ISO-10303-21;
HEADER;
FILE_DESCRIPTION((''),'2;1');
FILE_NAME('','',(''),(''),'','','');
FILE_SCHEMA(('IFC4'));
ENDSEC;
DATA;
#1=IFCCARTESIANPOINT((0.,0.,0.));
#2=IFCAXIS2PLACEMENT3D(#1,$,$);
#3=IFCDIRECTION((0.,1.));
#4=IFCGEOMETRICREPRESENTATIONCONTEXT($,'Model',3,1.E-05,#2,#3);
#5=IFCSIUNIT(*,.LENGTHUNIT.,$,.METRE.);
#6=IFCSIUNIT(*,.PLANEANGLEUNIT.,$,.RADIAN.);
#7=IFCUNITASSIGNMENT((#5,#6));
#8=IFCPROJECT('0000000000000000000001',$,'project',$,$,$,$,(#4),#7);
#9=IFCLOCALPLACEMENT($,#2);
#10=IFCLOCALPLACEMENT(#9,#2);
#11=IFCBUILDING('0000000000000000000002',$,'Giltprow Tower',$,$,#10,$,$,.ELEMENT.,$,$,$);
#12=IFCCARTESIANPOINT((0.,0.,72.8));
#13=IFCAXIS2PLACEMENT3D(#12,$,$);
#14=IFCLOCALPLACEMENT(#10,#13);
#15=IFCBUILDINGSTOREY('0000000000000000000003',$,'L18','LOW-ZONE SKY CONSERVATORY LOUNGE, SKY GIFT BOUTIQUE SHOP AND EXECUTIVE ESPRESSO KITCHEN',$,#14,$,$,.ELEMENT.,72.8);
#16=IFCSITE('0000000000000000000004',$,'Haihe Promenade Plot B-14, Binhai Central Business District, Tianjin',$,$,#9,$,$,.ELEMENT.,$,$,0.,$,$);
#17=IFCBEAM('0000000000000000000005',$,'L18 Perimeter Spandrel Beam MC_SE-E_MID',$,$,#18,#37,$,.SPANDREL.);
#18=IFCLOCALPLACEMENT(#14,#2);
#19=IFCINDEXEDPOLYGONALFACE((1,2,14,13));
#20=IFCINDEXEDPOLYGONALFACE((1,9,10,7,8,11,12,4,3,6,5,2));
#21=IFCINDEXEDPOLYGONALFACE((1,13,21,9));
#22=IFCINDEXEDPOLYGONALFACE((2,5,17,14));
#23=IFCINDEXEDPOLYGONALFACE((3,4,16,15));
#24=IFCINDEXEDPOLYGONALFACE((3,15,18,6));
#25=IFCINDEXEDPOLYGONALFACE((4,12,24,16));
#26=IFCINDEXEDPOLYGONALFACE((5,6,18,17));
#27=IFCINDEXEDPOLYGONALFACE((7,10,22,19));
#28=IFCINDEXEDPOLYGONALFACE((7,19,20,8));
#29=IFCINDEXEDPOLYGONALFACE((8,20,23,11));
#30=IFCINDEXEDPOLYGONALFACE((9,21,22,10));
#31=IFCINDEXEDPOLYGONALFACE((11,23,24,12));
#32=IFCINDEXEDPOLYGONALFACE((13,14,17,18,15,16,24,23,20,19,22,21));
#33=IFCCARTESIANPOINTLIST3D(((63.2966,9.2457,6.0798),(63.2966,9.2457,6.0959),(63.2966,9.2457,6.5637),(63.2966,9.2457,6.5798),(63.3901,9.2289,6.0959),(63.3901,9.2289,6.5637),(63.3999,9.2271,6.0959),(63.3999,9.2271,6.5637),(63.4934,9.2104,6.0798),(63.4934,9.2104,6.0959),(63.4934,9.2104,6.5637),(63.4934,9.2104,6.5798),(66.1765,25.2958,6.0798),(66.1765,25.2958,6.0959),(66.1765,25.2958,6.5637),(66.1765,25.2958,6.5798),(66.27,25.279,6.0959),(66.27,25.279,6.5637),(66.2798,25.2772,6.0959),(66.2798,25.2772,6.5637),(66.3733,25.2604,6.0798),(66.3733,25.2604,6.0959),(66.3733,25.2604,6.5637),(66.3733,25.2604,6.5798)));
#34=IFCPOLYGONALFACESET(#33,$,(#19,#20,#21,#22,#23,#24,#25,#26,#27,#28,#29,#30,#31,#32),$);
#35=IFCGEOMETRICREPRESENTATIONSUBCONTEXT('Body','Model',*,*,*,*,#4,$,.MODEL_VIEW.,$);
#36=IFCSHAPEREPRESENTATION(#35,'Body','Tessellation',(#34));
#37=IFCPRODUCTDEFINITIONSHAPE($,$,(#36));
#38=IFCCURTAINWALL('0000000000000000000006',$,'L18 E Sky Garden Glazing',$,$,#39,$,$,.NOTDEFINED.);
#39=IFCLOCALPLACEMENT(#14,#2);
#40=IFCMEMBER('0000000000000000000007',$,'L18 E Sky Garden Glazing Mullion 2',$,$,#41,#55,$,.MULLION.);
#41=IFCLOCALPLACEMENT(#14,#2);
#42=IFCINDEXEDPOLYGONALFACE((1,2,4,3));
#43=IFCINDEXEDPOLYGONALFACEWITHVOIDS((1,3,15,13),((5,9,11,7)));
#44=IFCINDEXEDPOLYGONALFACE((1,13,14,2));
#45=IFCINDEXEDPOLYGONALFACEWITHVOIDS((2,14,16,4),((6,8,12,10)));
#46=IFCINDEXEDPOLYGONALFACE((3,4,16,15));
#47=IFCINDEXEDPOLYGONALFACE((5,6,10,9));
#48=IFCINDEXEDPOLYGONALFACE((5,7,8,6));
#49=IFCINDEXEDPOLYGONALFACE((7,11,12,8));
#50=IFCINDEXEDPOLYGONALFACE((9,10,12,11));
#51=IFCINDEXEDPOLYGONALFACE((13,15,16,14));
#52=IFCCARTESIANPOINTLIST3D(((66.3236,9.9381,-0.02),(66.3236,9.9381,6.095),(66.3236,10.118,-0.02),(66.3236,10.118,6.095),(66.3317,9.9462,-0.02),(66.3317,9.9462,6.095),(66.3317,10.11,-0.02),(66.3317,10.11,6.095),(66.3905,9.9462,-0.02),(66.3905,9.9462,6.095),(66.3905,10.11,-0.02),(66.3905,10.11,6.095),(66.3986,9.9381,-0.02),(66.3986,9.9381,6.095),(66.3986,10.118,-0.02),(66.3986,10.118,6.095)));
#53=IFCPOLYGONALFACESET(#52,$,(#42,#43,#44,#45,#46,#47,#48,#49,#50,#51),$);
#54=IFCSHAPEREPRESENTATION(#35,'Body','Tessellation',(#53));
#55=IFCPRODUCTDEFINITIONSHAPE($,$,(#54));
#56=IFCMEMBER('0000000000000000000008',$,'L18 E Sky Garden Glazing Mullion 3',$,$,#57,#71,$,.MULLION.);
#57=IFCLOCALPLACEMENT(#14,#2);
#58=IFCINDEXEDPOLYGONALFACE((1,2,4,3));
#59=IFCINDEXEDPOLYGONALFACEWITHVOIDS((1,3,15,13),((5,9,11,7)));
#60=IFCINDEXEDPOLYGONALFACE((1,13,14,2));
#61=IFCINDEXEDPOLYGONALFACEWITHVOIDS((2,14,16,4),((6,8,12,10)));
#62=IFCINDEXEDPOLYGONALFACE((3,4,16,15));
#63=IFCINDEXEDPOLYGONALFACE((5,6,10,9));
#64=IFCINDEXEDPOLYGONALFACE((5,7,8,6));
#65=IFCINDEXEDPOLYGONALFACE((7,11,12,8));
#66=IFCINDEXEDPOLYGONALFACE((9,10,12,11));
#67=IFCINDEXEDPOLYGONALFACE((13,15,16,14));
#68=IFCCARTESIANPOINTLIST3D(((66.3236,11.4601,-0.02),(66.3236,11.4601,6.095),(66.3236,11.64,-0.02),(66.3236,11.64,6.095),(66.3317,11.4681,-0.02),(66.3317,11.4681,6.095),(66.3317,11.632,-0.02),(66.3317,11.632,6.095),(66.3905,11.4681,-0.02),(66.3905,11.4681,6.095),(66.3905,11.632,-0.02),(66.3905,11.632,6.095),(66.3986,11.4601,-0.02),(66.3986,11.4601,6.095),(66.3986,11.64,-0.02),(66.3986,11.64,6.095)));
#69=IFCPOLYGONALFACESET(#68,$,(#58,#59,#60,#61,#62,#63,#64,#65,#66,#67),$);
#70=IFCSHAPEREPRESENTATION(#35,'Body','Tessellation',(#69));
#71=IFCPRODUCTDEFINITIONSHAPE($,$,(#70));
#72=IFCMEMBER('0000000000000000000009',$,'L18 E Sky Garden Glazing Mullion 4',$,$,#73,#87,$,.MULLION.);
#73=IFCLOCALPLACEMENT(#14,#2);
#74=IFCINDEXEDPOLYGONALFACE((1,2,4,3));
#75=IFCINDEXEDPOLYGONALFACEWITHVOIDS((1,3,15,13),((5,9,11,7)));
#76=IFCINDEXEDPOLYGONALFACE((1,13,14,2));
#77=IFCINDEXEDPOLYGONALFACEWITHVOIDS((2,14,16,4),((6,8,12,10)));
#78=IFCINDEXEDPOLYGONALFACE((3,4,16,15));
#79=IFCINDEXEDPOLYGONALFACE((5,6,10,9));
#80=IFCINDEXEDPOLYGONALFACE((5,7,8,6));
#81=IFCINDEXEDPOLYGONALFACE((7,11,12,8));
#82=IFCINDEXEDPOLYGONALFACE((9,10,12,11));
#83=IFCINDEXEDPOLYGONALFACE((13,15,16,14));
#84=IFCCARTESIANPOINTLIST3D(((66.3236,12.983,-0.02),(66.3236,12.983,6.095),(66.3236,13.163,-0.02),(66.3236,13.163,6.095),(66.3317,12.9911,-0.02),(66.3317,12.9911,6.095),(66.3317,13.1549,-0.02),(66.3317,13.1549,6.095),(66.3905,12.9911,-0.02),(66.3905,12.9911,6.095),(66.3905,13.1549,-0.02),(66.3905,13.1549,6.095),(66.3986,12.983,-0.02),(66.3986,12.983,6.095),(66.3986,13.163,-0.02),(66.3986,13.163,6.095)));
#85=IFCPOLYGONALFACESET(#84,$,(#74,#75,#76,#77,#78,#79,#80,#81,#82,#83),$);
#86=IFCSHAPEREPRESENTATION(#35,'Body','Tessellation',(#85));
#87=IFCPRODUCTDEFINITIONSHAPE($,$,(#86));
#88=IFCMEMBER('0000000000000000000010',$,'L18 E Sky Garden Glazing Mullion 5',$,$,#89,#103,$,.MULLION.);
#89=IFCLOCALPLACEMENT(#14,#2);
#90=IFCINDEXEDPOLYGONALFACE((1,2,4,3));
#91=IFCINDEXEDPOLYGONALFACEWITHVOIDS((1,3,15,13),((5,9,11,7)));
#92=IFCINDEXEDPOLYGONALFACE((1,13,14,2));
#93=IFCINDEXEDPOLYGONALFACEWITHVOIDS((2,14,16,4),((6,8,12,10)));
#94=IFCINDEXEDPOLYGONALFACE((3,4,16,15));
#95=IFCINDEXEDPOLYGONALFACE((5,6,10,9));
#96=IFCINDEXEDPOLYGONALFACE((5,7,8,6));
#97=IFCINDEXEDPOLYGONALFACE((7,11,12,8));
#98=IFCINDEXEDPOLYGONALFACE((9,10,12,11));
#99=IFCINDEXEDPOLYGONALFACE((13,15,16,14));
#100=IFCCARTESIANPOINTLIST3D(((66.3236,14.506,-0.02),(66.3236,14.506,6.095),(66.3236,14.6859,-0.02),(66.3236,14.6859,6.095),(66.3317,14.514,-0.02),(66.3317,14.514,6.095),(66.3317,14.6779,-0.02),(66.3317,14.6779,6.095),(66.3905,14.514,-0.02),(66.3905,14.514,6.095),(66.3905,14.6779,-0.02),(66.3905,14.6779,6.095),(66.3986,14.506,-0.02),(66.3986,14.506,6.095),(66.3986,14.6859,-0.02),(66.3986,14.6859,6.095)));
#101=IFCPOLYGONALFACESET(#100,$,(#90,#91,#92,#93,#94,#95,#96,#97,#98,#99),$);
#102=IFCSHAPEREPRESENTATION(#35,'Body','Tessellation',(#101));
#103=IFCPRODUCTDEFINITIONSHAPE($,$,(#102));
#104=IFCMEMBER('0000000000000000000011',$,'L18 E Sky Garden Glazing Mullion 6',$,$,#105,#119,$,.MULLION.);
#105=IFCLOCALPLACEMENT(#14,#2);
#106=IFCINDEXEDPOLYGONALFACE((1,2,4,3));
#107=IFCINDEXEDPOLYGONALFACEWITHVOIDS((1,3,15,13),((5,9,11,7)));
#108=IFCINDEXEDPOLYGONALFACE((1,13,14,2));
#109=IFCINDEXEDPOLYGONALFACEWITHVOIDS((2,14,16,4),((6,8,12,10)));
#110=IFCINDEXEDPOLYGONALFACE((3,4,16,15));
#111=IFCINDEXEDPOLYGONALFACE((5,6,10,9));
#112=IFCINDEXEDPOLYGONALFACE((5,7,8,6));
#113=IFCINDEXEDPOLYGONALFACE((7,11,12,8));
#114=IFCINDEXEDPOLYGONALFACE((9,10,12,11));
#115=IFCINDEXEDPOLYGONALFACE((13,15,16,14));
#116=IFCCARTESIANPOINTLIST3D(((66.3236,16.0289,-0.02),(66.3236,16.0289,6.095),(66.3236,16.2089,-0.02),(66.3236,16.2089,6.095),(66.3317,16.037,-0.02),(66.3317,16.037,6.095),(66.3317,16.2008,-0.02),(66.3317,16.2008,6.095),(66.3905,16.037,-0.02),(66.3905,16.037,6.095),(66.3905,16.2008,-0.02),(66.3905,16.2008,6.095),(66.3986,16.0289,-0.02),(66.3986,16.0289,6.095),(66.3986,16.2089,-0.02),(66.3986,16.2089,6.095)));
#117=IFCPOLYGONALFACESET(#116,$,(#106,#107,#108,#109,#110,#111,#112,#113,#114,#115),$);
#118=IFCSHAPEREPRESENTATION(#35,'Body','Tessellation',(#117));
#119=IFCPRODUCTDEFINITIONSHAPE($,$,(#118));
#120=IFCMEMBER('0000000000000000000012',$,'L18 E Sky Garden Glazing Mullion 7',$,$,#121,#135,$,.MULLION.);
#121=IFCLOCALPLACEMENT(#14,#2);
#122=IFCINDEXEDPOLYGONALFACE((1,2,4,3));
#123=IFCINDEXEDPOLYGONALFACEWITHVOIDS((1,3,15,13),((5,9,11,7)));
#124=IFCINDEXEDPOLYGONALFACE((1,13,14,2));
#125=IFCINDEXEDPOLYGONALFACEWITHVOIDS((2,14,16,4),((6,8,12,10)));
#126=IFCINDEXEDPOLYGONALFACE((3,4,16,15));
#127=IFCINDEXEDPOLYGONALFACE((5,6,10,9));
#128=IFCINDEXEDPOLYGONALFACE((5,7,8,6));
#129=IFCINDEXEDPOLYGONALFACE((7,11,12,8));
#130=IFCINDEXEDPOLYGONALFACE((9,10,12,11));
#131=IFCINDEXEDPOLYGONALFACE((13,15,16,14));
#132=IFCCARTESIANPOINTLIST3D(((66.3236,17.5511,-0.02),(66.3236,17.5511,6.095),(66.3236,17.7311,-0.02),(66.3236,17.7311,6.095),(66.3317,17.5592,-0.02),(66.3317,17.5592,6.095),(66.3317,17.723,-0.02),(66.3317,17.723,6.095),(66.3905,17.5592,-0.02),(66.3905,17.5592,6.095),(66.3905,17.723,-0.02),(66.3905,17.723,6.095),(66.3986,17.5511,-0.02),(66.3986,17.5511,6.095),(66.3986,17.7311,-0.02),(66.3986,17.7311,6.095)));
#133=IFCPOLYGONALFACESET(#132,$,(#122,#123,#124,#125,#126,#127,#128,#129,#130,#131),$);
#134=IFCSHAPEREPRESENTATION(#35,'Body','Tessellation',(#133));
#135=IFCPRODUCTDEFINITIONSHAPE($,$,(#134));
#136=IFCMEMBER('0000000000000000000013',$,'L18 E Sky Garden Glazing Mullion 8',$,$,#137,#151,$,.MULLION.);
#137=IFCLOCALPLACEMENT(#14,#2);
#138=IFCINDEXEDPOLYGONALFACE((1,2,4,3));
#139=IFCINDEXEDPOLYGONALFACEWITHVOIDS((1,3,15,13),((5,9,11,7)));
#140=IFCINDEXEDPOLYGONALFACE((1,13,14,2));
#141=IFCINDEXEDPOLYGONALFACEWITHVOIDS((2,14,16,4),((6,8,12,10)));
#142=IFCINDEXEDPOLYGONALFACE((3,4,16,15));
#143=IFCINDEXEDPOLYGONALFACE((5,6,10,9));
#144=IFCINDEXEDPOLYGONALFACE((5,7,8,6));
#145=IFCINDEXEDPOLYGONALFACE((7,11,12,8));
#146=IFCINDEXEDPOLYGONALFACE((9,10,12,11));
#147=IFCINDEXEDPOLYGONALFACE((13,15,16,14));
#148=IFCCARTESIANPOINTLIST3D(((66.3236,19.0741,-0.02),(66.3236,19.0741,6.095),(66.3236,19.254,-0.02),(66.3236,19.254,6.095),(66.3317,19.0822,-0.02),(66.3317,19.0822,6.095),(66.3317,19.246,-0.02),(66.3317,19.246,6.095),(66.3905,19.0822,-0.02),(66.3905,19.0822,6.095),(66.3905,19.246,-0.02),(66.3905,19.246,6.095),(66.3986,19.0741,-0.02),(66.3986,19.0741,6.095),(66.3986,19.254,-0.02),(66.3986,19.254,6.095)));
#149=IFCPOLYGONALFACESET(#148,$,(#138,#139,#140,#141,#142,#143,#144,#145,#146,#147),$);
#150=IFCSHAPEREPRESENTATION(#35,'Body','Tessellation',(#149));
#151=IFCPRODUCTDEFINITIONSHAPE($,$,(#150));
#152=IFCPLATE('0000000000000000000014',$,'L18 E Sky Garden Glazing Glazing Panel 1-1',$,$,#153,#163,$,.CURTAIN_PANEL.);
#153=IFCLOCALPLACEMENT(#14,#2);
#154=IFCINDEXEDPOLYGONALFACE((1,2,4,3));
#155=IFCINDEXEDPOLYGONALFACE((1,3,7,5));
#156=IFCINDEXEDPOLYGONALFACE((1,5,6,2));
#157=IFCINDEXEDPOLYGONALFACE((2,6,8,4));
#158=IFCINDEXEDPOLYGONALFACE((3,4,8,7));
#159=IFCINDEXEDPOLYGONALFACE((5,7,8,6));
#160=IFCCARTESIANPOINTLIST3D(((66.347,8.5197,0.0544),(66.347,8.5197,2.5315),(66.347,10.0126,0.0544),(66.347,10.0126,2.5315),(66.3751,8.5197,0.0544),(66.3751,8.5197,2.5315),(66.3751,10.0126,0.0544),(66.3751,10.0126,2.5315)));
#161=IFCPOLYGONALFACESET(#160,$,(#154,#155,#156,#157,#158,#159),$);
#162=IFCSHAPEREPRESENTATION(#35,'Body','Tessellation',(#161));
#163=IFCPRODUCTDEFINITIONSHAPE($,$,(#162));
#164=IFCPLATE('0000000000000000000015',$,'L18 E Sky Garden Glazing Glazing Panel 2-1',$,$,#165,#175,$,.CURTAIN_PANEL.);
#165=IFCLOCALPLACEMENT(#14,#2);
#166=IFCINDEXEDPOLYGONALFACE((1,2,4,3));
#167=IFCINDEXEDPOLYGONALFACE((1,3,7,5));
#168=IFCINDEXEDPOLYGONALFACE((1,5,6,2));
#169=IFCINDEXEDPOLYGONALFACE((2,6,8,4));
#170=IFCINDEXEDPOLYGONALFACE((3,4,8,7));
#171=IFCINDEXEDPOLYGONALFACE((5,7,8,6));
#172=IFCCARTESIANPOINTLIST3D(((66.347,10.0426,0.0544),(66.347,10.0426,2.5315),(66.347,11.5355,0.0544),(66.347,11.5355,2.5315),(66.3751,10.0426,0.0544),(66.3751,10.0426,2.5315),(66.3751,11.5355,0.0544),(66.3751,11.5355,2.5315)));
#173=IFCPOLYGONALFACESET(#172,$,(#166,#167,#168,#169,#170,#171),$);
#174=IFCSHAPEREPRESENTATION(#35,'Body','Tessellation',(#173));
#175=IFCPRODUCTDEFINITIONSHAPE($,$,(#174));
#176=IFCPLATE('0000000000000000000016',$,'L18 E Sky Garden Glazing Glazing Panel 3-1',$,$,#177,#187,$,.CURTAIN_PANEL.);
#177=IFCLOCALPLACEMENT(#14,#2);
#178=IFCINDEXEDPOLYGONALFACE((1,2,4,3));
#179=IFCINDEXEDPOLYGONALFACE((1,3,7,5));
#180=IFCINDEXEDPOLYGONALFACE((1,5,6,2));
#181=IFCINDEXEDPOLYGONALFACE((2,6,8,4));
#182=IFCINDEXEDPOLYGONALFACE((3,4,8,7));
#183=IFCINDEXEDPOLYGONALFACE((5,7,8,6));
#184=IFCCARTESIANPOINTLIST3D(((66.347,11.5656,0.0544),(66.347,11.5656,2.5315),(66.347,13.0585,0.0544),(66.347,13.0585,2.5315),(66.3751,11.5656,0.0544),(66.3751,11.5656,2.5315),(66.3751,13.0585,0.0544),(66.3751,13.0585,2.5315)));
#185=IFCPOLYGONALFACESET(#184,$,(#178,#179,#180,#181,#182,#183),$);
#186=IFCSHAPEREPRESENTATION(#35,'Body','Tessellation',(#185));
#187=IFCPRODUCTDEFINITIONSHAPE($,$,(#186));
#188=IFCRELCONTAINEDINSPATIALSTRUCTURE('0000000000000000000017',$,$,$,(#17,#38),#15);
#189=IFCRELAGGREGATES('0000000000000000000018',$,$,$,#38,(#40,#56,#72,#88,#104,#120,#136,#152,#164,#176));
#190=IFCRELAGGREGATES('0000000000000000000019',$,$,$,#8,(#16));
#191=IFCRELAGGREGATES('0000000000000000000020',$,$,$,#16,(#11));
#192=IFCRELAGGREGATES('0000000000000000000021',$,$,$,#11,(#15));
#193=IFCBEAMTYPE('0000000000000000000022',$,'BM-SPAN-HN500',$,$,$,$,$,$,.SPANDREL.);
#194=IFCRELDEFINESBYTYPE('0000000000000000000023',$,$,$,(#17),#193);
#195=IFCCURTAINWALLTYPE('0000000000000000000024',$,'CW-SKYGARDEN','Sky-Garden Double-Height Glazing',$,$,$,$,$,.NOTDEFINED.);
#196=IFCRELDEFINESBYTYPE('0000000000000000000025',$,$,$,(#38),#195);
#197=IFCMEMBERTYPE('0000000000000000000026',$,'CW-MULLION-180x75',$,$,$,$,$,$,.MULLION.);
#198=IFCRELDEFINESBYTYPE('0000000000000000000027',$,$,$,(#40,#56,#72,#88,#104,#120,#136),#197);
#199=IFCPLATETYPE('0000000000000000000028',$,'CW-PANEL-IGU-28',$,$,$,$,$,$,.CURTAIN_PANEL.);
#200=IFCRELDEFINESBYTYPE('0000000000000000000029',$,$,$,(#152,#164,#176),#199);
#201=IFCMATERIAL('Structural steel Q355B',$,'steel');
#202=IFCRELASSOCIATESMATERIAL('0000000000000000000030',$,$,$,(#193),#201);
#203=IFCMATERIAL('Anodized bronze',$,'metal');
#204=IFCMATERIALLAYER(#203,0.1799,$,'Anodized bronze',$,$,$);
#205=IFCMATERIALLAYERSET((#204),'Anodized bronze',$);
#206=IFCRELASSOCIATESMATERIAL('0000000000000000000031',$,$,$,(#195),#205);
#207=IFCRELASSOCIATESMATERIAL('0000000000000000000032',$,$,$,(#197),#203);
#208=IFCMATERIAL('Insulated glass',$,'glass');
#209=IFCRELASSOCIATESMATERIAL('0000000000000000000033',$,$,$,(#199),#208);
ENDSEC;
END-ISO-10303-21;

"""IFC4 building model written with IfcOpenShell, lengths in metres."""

from ifc_helpers import new_model, si_unit, direction, frame, origin, origin_2d, place, context, subcontext, project, spatial, rectangle, hollow_rectangle, i_section, extrude, source, transform, mapped, material, layer, layer_set, material_profile, profile_set, type_object, element, aggregate, save


model = new_model("IFC4")

# Units and contexts
model_context = context("Model", 3, precision=1e-05, world=origin(), true_north=direction((0.0, 1.0)))
body_context = subcontext(model_context, "Body", "Model", "MODEL_VIEW")
ifc_project = project(units=[si_unit("LENGTHUNIT", "METRE"), si_unit("PLANEANGLEUNIT", "RADIAN")], contexts=[model_context])

# Site, building, storey
site_placement = place(None, origin())
site = spatial("IfcSite", under=ifc_project, at=site_placement, Name="Haihe Promenade Plot B-14, Binhai Central Business District, Tianjin", CompositionType="ELEMENT", RefElevation=0.0)
building_placement = place(site_placement, origin())
building = spatial("IfcBuilding", under=site, at=building_placement, Name="Giltprow Tower", CompositionType="ELEMENT")
storey_placement = place(building_placement, frame((0.0, 0.0, 72.8)))
storey = spatial("IfcBuildingStorey", under=building, at=storey_placement, Name="L18", Description="LOW-ZONE SKY CONSERVATORY LOUNGE, SKY GIFT BOUTIQUE SHOP AND EXECUTIVE ESPRESSO KITCHEN", CompositionType="ELEMENT", Elevation=72.8)

# Beam
ifc_material_1 = material(Name="Structural steel Q355B", Category="steel")
ifc_material_profile_1 = material_profile(ifc_material_1, i_section(OverallWidth=0.2, OverallDepth=0.5, WebThickness=0.01, FlangeThickness=0.0161, at=origin_2d()), Name="HN 500x200x10x16")
ifc_profile_set_1 = profile_set([ifc_material_profile_1], Name="Structural steel Q355B")
beam_type = type_object("IfcBeamType", Name="BM-SPAN-HN500", PredefinedType="SPANDREL", material=ifc_profile_set_1)
shared_shape_1 = source(origin(), body_context, "Body", "SweptSolid", [
    extrude(i_section(OverallWidth=0.2, OverallDepth=0.5, WebThickness=0.01, FlangeThickness=0.0161, at=origin_2d()), origin(), (0.0, 0.0, 1.0), 16.3064),
])
beam_placement = place(storey_placement, frame((63.395, 9.228, 6.3298), z_axis=(0.176611, 0.984281, 0.0), x_axis=(-0.984281, 0.176611, 0.0)))
element("IfcBeam", 1, at=beam_placement, inside=storey, type_object=beam_type, Name="L18 Perimeter Spandrel Beam MC_SE-E_MID", PredefinedType="SPANDREL", context=body_context, shape_type="MappedRepresentation", body=[
    mapped(shared_shape_1, transform((0.0, 0.0, 0.0), x_axis=(1.0, 0.0, 0.0), y_axis=(0.0, 1.0, 0.0), z_axis=(0.0, 0.0, 1.0), scale=1.0)),
])

# Curtain wall, members, plates
ifc_material_2 = material(Name="Anodized bronze", Category="metal")
ifc_layer = layer(ifc_material_2, 0.1799, Name="Anodized bronze")
ifc_layer_set = layer_set([ifc_layer], Name="Anodized bronze")
curtain_wall_type = type_object("IfcCurtainWallType", Name="CW-SKYGARDEN", Description="Sky-Garden Double-Height Glazing", PredefinedType="NOTDEFINED", material=ifc_layer_set)
curtain_wall_placement = place(storey_placement, origin())
curtain_wall = element("IfcCurtainWall", 2, at=curtain_wall_placement, inside=storey, type_object=curtain_wall_type, Name="L18 E Sky Garden Glazing", PredefinedType="NOTDEFINED")
ifc_material_profile_2 = material_profile(ifc_material_2, hollow_rectangle(XDim=0.075, YDim=0.1799, WallThickness=0.0081, at=origin_2d()), Name="RHS 180x75x8")
ifc_profile_set_2 = profile_set([ifc_material_profile_2], Name="Anodized bronze")
member_type = type_object("IfcMemberType", Name="CW-MULLION-180x75", PredefinedType="MULLION", material=ifc_profile_set_2)
shared_shape_2 = source(origin(), body_context, "Body", "SweptSolid", [
    extrude(hollow_rectangle(XDim=0.075, YDim=0.1799, WallThickness=0.0081, at=origin_2d()), origin(), (0.0, 0.0, 1.0), 6.115),
])
member_1_placement = place(storey_placement, frame((66.3611, 10.0281, -0.02), z_axis=(0.0, 0.0, 1.0), x_axis=(1.0, 0.0, 0.0)))
member_1 = element("IfcMember", 3, at=member_1_placement, type_object=member_type, Name="L18 E Sky Garden Glazing Mullion 2", PredefinedType="MULLION", context=body_context, shape_type="MappedRepresentation", body=[
    mapped(shared_shape_2, transform((0.0, 0.0, 0.0), x_axis=(1.0, 0.0, 0.0), y_axis=(0.0, 1.0, 0.0), z_axis=(0.0, 0.0, 1.0), scale=1.0)),
])
member_2_placement = place(storey_placement, frame((66.3611, 11.55, -0.02), z_axis=(0.0, 0.0, 1.0), x_axis=(1.0, 0.0, 0.0)))
member_2 = element("IfcMember", 4, at=member_2_placement, type_object=member_type, Name="L18 E Sky Garden Glazing Mullion 3", PredefinedType="MULLION", context=body_context, shape_type="MappedRepresentation", body=[
    mapped(shared_shape_2, transform((0.0, 0.0, 0.0), x_axis=(1.0, 0.0, 0.0), y_axis=(0.0, 1.0, 0.0), z_axis=(0.0, 0.0, 1.0), scale=1.0)),
])
member_3_placement = place(storey_placement, frame((66.3611, 13.073, -0.02), z_axis=(0.0, 0.0, 1.0), x_axis=(1.0, 0.0, 0.0)))
member_3 = element("IfcMember", 5, at=member_3_placement, type_object=member_type, Name="L18 E Sky Garden Glazing Mullion 4", PredefinedType="MULLION", context=body_context, shape_type="MappedRepresentation", body=[
    mapped(shared_shape_2, transform((0.0, 0.0, 0.0), x_axis=(1.0, 0.0, 0.0), y_axis=(0.0, 1.0, 0.0), z_axis=(0.0, 0.0, 1.0), scale=1.0)),
])
member_4_placement = place(storey_placement, frame((66.3611, 14.5959, -0.02), z_axis=(0.0, 0.0, 1.0), x_axis=(1.0, 0.0, 0.0)))
member_4 = element("IfcMember", 6, at=member_4_placement, type_object=member_type, Name="L18 E Sky Garden Glazing Mullion 5", PredefinedType="MULLION", context=body_context, shape_type="MappedRepresentation", body=[
    mapped(shared_shape_2, transform((0.0, 0.0, 0.0), x_axis=(1.0, 0.0, 0.0), y_axis=(0.0, 1.0, 0.0), z_axis=(0.0, 0.0, 1.0), scale=1.0)),
])
member_5_placement = place(storey_placement, frame((66.3611, 16.1189, -0.02), z_axis=(0.0, 0.0, 1.0), x_axis=(1.0, 0.0, 0.0)))
member_5 = element("IfcMember", 7, at=member_5_placement, type_object=member_type, Name="L18 E Sky Garden Glazing Mullion 6", PredefinedType="MULLION", context=body_context, shape_type="MappedRepresentation", body=[
    mapped(shared_shape_2, transform((0.0, 0.0, 0.0), x_axis=(1.0, 0.0, 0.0), y_axis=(0.0, 1.0, 0.0), z_axis=(0.0, 0.0, 1.0), scale=1.0)),
])
member_6_placement = place(storey_placement, frame((66.3611, 17.6411, -0.02), z_axis=(0.0, 0.0, 1.0), x_axis=(1.0, 0.0, 0.0)))
member_6 = element("IfcMember", 8, at=member_6_placement, type_object=member_type, Name="L18 E Sky Garden Glazing Mullion 7", PredefinedType="MULLION", context=body_context, shape_type="MappedRepresentation", body=[
    mapped(shared_shape_2, transform((0.0, 0.0, 0.0), x_axis=(1.0, 0.0, 0.0), y_axis=(0.0, 1.0, 0.0), z_axis=(0.0, 0.0, 1.0), scale=1.0)),
])
member_7_placement = place(storey_placement, frame((66.3611, 19.1641, -0.02), z_axis=(0.0, 0.0, 1.0), x_axis=(1.0, 0.0, 0.0)))
member_7 = element("IfcMember", 9, at=member_7_placement, type_object=member_type, Name="L18 E Sky Garden Glazing Mullion 8", PredefinedType="MULLION", context=body_context, shape_type="MappedRepresentation", body=[
    mapped(shared_shape_2, transform((0.0, 0.0, 0.0), x_axis=(1.0, 0.0, 0.0), y_axis=(0.0, 1.0, 0.0), z_axis=(0.0, 0.0, 1.0), scale=1.0)),
])
ifc_material_3 = material(Name="Insulated glass", Category="glass")
plate_type = type_object("IfcPlateType", Name="CW-PANEL-IGU-28", PredefinedType="CURTAIN_PANEL", material=ifc_material_3)
shared_shape_3 = source(origin(), body_context, "Body", "SweptSolid", [
    extrude(rectangle(XDim=1.4929, YDim=0.0281, at=origin_2d()), origin(), (0.0, 0.0, 1.0), 2.4771),
])
plate_1_placement = place(storey_placement, frame((66.3611, 9.2661, 0.0544), z_axis=(0.0, 0.0, 1.0), x_axis=(0.0, 1.0, 0.0)))
plate_1 = element("IfcPlate", 10, at=plate_1_placement, type_object=plate_type, Name="L18 E Sky Garden Glazing Glazing Panel 1-1", PredefinedType="CURTAIN_PANEL", context=body_context, shape_type="MappedRepresentation", body=[
    mapped(shared_shape_3, transform((0.0, 0.0, 0.0), x_axis=(1.0, 0.0, 0.0), y_axis=(0.0, 1.0, 0.0), z_axis=(0.0, 0.0, 1.0), scale=1.0)),
])
plate_2_placement = place(storey_placement, frame((66.3611, 10.7891, 0.0544), z_axis=(0.0, 0.0, 1.0), x_axis=(0.0, 1.0, 0.0)))
plate_2 = element("IfcPlate", 11, at=plate_2_placement, type_object=plate_type, Name="L18 E Sky Garden Glazing Glazing Panel 2-1", PredefinedType="CURTAIN_PANEL", context=body_context, shape_type="MappedRepresentation", body=[
    mapped(shared_shape_3, transform((0.0, 0.0, 0.0), x_axis=(1.0, 0.0, 0.0), y_axis=(0.0, 1.0, 0.0), z_axis=(0.0, 0.0, 1.0), scale=1.0)),
])
plate_3_placement = place(storey_placement, frame((66.3611, 12.312, 0.0544), z_axis=(0.0, 0.0, 1.0), x_axis=(0.0, 1.0, 0.0)))
plate_3 = element("IfcPlate", 12, at=plate_3_placement, type_object=plate_type, Name="L18 E Sky Garden Glazing Glazing Panel 3-1", PredefinedType="CURTAIN_PANEL", context=body_context, shape_type="MappedRepresentation", body=[
    mapped(shared_shape_3, transform((0.0, 0.0, 0.0), x_axis=(1.0, 0.0, 0.0), y_axis=(0.0, 1.0, 0.0), z_axis=(0.0, 0.0, 1.0), scale=1.0)),
])
aggregate(curtain_wall, [member_1, member_2, member_3, member_4, member_5, member_6, member_7, plate_1, plate_2, plate_3])

save(model, "model.ifc")
